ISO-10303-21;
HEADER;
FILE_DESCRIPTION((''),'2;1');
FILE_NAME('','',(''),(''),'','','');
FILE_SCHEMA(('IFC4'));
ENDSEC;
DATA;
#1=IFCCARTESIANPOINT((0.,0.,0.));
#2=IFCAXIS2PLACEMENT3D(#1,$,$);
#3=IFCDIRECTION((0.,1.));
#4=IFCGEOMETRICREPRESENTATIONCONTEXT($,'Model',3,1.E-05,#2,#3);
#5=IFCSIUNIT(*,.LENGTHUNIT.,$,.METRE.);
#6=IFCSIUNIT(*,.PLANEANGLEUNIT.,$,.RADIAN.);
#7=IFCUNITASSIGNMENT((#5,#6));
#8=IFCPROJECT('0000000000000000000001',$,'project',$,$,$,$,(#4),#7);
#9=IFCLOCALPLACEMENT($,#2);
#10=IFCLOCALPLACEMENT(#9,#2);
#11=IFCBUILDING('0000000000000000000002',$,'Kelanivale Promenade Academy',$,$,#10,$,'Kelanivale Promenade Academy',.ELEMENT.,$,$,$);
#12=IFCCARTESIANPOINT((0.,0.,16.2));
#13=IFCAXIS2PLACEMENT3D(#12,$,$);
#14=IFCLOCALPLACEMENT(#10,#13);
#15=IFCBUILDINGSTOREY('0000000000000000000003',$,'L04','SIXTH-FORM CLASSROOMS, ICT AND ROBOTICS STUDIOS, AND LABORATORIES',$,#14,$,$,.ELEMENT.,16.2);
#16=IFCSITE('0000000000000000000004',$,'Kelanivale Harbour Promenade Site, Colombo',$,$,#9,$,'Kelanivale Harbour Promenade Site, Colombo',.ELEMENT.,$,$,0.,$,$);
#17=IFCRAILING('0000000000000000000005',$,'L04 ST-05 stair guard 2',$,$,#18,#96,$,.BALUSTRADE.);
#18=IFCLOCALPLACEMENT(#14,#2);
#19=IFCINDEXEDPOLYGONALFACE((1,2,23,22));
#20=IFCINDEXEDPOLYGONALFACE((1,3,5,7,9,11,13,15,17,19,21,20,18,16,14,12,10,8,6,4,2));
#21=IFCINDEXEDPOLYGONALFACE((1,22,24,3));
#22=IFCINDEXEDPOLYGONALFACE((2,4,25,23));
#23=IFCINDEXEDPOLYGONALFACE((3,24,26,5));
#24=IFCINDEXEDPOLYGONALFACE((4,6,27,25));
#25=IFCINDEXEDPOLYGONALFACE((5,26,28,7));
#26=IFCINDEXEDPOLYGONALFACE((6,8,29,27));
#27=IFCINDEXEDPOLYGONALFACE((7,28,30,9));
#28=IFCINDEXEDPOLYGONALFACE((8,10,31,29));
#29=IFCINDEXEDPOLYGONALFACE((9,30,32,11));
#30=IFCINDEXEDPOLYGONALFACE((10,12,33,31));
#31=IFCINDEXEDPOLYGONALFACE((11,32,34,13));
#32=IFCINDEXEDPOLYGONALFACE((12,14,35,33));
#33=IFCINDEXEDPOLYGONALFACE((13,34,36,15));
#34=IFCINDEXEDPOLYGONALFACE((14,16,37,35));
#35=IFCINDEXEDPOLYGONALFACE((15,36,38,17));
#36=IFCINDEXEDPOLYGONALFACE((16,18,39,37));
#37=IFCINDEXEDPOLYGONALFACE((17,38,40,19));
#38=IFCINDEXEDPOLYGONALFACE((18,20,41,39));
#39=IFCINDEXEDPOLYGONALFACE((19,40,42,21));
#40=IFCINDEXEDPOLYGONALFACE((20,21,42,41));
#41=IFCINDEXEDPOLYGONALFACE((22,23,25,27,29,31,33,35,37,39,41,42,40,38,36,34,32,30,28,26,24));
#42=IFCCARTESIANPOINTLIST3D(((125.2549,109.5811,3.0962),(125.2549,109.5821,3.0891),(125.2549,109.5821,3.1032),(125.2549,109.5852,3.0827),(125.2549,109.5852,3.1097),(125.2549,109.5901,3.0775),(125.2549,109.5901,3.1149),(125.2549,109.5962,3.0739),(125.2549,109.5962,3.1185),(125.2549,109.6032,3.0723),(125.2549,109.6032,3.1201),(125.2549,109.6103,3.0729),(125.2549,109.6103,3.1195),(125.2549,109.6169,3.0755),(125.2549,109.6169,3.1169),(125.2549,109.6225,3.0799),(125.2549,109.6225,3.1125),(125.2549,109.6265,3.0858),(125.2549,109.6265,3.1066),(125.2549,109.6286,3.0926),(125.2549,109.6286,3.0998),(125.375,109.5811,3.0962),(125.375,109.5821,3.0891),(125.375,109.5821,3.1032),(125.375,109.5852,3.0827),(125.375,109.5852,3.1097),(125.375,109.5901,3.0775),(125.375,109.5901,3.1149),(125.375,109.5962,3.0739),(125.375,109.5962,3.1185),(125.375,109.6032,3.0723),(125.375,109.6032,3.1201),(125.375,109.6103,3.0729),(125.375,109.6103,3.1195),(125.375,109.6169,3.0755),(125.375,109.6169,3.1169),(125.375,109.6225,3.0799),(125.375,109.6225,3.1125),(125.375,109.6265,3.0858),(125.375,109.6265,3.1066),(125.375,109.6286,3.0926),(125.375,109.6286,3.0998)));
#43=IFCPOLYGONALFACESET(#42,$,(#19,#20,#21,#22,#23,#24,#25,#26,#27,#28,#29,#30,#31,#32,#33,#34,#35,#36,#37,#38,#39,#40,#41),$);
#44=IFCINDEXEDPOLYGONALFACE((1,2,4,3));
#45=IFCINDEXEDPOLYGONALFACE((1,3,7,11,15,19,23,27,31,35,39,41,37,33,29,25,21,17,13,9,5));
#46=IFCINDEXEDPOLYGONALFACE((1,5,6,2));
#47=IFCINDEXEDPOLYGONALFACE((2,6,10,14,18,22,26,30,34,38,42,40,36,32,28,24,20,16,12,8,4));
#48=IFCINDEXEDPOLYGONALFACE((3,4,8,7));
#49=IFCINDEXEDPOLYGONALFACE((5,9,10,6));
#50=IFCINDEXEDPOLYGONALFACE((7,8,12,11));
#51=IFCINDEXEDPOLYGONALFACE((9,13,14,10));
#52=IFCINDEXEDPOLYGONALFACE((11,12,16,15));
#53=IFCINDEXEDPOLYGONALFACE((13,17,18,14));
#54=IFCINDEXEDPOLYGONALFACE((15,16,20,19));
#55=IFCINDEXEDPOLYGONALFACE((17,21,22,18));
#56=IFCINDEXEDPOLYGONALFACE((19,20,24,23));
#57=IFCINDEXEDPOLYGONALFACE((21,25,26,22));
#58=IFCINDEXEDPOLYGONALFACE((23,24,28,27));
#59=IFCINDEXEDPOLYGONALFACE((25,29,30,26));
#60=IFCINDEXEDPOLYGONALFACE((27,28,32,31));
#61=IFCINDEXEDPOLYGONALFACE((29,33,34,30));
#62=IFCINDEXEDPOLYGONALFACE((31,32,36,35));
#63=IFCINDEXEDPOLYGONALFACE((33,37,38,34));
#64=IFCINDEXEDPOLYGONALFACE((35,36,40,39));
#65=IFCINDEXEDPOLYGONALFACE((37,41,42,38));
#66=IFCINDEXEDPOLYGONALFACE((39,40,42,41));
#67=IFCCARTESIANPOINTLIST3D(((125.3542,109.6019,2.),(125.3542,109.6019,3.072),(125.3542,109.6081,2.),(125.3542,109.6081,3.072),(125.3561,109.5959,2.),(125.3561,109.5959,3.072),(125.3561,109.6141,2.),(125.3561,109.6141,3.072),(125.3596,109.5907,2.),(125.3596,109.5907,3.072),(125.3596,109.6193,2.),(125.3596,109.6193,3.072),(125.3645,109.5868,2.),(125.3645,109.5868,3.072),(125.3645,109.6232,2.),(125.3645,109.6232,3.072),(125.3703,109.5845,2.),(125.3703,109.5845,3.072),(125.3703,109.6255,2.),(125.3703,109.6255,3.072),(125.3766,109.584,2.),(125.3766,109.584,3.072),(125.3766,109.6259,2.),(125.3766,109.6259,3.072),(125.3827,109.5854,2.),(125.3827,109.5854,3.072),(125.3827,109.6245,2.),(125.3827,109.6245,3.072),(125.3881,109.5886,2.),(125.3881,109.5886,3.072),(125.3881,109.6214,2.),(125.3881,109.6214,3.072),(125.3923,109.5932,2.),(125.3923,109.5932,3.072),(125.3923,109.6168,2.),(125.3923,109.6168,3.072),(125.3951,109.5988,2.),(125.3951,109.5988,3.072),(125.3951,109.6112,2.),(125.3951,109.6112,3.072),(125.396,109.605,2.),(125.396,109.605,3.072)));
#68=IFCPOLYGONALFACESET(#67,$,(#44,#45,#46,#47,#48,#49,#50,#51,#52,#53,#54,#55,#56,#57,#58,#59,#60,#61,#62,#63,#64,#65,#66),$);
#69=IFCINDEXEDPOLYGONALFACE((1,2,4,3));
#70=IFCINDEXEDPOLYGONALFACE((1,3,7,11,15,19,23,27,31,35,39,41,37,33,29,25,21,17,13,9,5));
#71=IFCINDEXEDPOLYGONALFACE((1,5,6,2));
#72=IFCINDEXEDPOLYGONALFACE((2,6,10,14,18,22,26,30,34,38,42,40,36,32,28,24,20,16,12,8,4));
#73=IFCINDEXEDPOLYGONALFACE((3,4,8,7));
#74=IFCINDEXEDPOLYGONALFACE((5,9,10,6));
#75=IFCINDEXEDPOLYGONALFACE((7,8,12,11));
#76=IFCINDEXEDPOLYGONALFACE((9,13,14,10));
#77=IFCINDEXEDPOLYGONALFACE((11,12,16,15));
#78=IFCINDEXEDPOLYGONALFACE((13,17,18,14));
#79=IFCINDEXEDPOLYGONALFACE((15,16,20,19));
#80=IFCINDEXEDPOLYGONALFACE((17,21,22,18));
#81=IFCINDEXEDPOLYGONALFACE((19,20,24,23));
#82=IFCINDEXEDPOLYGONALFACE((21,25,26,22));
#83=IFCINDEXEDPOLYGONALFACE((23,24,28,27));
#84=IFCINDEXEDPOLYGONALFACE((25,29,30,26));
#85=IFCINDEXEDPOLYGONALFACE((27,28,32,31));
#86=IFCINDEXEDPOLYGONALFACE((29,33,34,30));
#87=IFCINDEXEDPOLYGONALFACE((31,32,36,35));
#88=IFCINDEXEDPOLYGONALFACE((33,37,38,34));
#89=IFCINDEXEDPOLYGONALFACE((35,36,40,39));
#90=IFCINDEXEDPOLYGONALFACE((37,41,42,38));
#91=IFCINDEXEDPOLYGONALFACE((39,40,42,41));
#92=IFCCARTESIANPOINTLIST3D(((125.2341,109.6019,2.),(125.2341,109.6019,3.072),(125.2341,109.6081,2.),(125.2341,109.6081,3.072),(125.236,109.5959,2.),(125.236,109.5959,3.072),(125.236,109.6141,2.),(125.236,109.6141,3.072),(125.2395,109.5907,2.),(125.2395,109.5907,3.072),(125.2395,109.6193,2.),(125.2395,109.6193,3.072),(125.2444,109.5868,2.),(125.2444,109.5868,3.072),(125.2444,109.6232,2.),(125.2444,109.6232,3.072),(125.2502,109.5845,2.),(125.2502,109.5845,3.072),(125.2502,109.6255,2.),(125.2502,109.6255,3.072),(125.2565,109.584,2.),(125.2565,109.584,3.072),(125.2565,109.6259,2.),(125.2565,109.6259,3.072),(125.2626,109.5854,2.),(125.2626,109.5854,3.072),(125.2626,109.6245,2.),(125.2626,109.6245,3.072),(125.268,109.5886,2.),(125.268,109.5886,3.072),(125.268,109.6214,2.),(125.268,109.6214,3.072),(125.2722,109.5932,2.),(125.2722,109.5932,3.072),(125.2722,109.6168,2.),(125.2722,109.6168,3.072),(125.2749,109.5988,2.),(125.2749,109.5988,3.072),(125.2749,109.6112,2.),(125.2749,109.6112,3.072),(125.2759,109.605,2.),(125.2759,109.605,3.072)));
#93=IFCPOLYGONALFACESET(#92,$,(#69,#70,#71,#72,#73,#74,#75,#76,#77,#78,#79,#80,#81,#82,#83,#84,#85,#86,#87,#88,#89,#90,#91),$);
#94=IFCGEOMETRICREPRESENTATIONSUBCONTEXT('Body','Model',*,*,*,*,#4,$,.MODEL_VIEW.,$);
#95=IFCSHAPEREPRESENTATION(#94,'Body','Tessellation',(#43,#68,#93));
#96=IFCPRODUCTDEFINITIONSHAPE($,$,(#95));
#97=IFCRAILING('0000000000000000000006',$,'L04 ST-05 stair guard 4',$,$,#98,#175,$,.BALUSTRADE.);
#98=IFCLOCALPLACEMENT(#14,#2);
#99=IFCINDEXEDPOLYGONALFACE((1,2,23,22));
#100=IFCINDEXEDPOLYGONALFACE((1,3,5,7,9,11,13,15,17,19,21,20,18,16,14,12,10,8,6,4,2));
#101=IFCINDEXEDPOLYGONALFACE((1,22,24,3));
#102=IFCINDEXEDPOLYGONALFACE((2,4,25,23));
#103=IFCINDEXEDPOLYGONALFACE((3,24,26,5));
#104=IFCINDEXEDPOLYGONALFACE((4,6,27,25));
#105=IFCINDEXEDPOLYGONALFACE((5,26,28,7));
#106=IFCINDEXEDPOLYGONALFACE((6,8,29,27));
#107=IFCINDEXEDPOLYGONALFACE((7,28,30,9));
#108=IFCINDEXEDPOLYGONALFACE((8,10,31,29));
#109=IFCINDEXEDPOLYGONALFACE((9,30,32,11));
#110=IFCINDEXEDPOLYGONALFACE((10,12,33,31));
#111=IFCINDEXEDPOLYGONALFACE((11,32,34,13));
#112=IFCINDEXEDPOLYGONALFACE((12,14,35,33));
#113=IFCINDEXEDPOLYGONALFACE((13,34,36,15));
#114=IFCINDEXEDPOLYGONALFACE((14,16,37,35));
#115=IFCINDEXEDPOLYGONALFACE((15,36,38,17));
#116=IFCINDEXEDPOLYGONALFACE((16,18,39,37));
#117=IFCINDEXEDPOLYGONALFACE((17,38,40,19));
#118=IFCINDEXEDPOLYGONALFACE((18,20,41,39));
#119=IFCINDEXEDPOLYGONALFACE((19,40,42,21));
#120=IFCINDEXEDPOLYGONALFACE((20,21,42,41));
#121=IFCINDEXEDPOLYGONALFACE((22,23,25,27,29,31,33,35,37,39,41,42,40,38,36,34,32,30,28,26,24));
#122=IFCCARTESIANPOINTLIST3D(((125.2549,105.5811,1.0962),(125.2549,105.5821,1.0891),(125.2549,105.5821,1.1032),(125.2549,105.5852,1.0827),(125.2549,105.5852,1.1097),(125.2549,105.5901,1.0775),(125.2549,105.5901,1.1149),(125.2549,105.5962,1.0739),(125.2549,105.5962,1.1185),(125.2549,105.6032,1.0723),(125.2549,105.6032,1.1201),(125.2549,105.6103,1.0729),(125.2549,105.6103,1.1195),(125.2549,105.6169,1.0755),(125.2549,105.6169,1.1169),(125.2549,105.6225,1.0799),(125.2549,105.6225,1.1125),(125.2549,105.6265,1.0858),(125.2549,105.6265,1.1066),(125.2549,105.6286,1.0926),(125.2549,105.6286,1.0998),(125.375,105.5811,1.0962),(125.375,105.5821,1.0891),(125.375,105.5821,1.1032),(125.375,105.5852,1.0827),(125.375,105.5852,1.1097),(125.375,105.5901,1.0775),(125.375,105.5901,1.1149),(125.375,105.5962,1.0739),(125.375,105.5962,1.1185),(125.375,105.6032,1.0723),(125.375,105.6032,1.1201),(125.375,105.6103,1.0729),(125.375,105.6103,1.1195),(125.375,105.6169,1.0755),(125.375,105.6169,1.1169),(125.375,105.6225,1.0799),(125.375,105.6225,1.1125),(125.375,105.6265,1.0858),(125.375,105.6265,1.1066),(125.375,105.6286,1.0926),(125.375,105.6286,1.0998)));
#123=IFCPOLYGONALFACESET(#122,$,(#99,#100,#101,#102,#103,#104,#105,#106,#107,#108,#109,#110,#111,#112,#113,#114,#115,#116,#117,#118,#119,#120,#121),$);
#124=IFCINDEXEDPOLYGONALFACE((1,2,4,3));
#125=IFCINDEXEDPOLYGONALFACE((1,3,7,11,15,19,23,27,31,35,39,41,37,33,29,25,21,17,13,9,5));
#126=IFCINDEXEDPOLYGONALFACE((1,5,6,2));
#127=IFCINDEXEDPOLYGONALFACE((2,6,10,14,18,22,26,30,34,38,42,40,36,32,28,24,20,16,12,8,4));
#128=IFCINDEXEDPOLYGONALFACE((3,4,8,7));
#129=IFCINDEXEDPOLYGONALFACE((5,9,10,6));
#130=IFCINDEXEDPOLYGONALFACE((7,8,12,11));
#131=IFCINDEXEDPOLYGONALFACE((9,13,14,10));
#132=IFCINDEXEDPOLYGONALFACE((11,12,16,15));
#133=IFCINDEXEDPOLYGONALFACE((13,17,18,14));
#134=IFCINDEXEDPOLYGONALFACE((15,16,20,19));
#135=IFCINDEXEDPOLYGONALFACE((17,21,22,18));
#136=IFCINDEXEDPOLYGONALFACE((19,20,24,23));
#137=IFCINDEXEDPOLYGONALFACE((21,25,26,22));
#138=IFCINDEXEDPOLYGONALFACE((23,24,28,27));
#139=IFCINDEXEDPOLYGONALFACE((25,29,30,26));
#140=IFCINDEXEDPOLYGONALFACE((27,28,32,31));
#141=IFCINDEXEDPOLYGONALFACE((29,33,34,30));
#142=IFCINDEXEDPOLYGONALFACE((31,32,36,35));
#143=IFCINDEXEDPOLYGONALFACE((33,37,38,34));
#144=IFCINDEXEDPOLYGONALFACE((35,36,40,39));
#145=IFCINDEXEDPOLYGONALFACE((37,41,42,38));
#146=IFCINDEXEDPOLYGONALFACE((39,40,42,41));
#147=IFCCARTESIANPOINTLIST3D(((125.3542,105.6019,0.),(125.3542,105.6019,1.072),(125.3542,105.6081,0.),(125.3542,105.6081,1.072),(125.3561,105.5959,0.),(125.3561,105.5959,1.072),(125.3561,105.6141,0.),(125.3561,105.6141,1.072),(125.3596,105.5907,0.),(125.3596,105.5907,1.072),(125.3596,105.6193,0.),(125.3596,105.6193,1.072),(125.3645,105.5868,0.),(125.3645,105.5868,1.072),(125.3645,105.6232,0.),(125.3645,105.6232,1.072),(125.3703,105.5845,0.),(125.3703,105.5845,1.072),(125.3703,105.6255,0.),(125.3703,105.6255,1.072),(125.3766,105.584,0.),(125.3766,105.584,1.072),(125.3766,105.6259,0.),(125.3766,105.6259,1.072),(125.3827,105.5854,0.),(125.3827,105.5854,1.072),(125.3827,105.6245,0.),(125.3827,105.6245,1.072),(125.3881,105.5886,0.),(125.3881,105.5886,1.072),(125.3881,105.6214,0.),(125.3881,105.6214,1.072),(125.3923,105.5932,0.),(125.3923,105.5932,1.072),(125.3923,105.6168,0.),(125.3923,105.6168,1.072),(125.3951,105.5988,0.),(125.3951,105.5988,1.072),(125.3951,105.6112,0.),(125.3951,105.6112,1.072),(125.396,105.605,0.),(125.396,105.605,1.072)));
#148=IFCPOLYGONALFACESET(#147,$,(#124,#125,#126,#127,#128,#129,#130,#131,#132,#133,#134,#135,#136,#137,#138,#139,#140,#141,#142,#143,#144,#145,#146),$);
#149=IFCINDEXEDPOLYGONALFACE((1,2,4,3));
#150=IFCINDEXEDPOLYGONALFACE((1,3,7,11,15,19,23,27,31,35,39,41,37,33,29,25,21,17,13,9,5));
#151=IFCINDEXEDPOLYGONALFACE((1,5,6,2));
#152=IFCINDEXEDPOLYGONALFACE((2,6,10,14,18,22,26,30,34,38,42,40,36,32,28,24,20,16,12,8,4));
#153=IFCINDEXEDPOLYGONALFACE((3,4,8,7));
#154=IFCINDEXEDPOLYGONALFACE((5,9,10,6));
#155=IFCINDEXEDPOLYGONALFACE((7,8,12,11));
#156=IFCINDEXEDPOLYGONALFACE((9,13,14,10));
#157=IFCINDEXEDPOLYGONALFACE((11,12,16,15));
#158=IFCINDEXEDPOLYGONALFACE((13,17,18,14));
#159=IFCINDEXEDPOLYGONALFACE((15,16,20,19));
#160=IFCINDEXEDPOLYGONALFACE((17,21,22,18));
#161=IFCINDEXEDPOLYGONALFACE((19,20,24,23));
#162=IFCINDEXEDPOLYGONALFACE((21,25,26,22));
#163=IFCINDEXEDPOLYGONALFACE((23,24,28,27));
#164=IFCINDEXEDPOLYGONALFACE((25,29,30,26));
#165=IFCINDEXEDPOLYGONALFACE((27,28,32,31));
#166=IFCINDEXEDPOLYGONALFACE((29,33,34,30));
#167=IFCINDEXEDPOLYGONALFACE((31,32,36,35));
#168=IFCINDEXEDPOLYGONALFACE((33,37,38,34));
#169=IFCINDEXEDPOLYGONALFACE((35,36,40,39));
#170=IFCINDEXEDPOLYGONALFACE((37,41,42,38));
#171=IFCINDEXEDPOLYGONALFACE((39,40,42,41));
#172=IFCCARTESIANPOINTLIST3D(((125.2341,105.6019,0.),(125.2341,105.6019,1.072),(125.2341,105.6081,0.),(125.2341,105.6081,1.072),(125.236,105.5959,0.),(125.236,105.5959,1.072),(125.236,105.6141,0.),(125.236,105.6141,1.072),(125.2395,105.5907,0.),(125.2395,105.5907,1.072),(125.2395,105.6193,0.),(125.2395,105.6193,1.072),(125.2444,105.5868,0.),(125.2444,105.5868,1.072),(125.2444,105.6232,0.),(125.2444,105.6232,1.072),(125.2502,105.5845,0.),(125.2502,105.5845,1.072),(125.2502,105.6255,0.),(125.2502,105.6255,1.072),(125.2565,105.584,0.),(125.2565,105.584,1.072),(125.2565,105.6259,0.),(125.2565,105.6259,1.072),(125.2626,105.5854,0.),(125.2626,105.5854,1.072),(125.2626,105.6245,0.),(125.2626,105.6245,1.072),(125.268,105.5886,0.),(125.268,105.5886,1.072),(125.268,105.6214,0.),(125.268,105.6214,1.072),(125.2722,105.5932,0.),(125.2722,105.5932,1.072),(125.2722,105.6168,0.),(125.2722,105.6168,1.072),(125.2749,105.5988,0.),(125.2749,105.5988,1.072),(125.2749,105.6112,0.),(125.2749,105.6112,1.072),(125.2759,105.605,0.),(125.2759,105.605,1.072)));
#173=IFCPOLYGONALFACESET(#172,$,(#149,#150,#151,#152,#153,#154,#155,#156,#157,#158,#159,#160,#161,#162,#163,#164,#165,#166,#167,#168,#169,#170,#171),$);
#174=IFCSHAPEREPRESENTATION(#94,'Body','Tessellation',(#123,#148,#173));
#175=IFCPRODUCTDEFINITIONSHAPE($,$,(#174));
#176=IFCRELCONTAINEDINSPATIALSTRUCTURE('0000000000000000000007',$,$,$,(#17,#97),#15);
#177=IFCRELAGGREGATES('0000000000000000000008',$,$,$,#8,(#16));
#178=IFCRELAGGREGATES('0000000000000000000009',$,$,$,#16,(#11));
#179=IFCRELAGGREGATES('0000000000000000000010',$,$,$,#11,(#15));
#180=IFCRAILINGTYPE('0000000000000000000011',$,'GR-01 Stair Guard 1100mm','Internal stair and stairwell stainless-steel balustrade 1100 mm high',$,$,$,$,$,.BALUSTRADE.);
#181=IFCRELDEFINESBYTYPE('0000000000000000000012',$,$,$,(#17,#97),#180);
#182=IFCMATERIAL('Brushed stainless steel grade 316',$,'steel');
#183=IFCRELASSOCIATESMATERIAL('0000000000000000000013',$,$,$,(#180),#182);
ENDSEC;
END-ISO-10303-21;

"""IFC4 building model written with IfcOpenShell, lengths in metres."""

from ifc_helpers import new_model, si_unit, direction, frame, origin, origin_2d, place, context, subcontext, project, spatial, circle, extrude, material, type_object, element, save


model = new_model("IFC4")

# Units and contexts
model_context = context("Model", 3, precision=1e-05, world=origin(), true_north=direction((0.0, 1.0)))
body_context = subcontext(model_context, "Body", "Model", "MODEL_VIEW")
ifc_project = project(units=[si_unit("LENGTHUNIT", "METRE"), si_unit("PLANEANGLEUNIT", "RADIAN")], contexts=[model_context])

# Site, building, storey
site_placement = place(None, origin())
site = spatial("IfcSite", under=ifc_project, at=site_placement, Name="Kelanivale Harbour Promenade Site, Colombo", LongName="Kelanivale Harbour Promenade Site, Colombo", CompositionType="ELEMENT", RefElevation=0.0)
building_placement = place(site_placement, origin())
building = spatial("IfcBuilding", under=site, at=building_placement, Name="Kelanivale Promenade Academy", LongName="Kelanivale Promenade Academy", CompositionType="ELEMENT")
storey_placement = place(building_placement, frame((0.0, 0.0, 16.2)))
storey = spatial("IfcBuildingStorey", under=building, at=storey_placement, Name="L04", Description="SIXTH-FORM CLASSROOMS, ICT AND ROBOTICS STUDIOS, AND LABORATORIES", CompositionType="ELEMENT", Elevation=16.2)

# Railings
ifc_material_1 = material(Name="Brushed stainless steel grade 316", Category="steel")
railing_type_1 = type_object("IfcRailingType", Name="GR-01 Stair Guard 1100mm", Description="Internal stair and stairwell stainless-steel balustrade 1100 mm high", PredefinedType="BALUSTRADE", material=ifc_material_1)
for number, where, name in (
    (1, (125.375, 109.605, 2.0), "L04 ST-05 stair guard 2"),
    (2, (125.375, 105.605, 0.0), "L04 ST-05 stair guard 4"),
):
    element("IfcRailing", number, at=place(storey_placement, frame(where)), inside=storey, type_object=railing_type_1, Name=name, PredefinedType="BALUSTRADE", context=body_context, shape_type="SweptSolid", body=[
        extrude(circle(Radius=0.0239, at=origin_2d()), frame((0.0, 0.0, 1.0962), z_axis=(-1.0, 0.0, 0.0), x_axis=(0.0, -1.0, 0.0)), (0.0, 0.0, 1.0), 0.1201),
        extrude(circle(Radius=0.021, at=origin_2d()), origin(), (0.0, 0.0, 1.0), 1.072),
        extrude(circle(Radius=0.021, at=origin_2d()), frame((-0.1201, 0.0, 0.0)), (0.0, 0.0, 1.0), 1.072),
    ])

save(model, "model.ifc")
